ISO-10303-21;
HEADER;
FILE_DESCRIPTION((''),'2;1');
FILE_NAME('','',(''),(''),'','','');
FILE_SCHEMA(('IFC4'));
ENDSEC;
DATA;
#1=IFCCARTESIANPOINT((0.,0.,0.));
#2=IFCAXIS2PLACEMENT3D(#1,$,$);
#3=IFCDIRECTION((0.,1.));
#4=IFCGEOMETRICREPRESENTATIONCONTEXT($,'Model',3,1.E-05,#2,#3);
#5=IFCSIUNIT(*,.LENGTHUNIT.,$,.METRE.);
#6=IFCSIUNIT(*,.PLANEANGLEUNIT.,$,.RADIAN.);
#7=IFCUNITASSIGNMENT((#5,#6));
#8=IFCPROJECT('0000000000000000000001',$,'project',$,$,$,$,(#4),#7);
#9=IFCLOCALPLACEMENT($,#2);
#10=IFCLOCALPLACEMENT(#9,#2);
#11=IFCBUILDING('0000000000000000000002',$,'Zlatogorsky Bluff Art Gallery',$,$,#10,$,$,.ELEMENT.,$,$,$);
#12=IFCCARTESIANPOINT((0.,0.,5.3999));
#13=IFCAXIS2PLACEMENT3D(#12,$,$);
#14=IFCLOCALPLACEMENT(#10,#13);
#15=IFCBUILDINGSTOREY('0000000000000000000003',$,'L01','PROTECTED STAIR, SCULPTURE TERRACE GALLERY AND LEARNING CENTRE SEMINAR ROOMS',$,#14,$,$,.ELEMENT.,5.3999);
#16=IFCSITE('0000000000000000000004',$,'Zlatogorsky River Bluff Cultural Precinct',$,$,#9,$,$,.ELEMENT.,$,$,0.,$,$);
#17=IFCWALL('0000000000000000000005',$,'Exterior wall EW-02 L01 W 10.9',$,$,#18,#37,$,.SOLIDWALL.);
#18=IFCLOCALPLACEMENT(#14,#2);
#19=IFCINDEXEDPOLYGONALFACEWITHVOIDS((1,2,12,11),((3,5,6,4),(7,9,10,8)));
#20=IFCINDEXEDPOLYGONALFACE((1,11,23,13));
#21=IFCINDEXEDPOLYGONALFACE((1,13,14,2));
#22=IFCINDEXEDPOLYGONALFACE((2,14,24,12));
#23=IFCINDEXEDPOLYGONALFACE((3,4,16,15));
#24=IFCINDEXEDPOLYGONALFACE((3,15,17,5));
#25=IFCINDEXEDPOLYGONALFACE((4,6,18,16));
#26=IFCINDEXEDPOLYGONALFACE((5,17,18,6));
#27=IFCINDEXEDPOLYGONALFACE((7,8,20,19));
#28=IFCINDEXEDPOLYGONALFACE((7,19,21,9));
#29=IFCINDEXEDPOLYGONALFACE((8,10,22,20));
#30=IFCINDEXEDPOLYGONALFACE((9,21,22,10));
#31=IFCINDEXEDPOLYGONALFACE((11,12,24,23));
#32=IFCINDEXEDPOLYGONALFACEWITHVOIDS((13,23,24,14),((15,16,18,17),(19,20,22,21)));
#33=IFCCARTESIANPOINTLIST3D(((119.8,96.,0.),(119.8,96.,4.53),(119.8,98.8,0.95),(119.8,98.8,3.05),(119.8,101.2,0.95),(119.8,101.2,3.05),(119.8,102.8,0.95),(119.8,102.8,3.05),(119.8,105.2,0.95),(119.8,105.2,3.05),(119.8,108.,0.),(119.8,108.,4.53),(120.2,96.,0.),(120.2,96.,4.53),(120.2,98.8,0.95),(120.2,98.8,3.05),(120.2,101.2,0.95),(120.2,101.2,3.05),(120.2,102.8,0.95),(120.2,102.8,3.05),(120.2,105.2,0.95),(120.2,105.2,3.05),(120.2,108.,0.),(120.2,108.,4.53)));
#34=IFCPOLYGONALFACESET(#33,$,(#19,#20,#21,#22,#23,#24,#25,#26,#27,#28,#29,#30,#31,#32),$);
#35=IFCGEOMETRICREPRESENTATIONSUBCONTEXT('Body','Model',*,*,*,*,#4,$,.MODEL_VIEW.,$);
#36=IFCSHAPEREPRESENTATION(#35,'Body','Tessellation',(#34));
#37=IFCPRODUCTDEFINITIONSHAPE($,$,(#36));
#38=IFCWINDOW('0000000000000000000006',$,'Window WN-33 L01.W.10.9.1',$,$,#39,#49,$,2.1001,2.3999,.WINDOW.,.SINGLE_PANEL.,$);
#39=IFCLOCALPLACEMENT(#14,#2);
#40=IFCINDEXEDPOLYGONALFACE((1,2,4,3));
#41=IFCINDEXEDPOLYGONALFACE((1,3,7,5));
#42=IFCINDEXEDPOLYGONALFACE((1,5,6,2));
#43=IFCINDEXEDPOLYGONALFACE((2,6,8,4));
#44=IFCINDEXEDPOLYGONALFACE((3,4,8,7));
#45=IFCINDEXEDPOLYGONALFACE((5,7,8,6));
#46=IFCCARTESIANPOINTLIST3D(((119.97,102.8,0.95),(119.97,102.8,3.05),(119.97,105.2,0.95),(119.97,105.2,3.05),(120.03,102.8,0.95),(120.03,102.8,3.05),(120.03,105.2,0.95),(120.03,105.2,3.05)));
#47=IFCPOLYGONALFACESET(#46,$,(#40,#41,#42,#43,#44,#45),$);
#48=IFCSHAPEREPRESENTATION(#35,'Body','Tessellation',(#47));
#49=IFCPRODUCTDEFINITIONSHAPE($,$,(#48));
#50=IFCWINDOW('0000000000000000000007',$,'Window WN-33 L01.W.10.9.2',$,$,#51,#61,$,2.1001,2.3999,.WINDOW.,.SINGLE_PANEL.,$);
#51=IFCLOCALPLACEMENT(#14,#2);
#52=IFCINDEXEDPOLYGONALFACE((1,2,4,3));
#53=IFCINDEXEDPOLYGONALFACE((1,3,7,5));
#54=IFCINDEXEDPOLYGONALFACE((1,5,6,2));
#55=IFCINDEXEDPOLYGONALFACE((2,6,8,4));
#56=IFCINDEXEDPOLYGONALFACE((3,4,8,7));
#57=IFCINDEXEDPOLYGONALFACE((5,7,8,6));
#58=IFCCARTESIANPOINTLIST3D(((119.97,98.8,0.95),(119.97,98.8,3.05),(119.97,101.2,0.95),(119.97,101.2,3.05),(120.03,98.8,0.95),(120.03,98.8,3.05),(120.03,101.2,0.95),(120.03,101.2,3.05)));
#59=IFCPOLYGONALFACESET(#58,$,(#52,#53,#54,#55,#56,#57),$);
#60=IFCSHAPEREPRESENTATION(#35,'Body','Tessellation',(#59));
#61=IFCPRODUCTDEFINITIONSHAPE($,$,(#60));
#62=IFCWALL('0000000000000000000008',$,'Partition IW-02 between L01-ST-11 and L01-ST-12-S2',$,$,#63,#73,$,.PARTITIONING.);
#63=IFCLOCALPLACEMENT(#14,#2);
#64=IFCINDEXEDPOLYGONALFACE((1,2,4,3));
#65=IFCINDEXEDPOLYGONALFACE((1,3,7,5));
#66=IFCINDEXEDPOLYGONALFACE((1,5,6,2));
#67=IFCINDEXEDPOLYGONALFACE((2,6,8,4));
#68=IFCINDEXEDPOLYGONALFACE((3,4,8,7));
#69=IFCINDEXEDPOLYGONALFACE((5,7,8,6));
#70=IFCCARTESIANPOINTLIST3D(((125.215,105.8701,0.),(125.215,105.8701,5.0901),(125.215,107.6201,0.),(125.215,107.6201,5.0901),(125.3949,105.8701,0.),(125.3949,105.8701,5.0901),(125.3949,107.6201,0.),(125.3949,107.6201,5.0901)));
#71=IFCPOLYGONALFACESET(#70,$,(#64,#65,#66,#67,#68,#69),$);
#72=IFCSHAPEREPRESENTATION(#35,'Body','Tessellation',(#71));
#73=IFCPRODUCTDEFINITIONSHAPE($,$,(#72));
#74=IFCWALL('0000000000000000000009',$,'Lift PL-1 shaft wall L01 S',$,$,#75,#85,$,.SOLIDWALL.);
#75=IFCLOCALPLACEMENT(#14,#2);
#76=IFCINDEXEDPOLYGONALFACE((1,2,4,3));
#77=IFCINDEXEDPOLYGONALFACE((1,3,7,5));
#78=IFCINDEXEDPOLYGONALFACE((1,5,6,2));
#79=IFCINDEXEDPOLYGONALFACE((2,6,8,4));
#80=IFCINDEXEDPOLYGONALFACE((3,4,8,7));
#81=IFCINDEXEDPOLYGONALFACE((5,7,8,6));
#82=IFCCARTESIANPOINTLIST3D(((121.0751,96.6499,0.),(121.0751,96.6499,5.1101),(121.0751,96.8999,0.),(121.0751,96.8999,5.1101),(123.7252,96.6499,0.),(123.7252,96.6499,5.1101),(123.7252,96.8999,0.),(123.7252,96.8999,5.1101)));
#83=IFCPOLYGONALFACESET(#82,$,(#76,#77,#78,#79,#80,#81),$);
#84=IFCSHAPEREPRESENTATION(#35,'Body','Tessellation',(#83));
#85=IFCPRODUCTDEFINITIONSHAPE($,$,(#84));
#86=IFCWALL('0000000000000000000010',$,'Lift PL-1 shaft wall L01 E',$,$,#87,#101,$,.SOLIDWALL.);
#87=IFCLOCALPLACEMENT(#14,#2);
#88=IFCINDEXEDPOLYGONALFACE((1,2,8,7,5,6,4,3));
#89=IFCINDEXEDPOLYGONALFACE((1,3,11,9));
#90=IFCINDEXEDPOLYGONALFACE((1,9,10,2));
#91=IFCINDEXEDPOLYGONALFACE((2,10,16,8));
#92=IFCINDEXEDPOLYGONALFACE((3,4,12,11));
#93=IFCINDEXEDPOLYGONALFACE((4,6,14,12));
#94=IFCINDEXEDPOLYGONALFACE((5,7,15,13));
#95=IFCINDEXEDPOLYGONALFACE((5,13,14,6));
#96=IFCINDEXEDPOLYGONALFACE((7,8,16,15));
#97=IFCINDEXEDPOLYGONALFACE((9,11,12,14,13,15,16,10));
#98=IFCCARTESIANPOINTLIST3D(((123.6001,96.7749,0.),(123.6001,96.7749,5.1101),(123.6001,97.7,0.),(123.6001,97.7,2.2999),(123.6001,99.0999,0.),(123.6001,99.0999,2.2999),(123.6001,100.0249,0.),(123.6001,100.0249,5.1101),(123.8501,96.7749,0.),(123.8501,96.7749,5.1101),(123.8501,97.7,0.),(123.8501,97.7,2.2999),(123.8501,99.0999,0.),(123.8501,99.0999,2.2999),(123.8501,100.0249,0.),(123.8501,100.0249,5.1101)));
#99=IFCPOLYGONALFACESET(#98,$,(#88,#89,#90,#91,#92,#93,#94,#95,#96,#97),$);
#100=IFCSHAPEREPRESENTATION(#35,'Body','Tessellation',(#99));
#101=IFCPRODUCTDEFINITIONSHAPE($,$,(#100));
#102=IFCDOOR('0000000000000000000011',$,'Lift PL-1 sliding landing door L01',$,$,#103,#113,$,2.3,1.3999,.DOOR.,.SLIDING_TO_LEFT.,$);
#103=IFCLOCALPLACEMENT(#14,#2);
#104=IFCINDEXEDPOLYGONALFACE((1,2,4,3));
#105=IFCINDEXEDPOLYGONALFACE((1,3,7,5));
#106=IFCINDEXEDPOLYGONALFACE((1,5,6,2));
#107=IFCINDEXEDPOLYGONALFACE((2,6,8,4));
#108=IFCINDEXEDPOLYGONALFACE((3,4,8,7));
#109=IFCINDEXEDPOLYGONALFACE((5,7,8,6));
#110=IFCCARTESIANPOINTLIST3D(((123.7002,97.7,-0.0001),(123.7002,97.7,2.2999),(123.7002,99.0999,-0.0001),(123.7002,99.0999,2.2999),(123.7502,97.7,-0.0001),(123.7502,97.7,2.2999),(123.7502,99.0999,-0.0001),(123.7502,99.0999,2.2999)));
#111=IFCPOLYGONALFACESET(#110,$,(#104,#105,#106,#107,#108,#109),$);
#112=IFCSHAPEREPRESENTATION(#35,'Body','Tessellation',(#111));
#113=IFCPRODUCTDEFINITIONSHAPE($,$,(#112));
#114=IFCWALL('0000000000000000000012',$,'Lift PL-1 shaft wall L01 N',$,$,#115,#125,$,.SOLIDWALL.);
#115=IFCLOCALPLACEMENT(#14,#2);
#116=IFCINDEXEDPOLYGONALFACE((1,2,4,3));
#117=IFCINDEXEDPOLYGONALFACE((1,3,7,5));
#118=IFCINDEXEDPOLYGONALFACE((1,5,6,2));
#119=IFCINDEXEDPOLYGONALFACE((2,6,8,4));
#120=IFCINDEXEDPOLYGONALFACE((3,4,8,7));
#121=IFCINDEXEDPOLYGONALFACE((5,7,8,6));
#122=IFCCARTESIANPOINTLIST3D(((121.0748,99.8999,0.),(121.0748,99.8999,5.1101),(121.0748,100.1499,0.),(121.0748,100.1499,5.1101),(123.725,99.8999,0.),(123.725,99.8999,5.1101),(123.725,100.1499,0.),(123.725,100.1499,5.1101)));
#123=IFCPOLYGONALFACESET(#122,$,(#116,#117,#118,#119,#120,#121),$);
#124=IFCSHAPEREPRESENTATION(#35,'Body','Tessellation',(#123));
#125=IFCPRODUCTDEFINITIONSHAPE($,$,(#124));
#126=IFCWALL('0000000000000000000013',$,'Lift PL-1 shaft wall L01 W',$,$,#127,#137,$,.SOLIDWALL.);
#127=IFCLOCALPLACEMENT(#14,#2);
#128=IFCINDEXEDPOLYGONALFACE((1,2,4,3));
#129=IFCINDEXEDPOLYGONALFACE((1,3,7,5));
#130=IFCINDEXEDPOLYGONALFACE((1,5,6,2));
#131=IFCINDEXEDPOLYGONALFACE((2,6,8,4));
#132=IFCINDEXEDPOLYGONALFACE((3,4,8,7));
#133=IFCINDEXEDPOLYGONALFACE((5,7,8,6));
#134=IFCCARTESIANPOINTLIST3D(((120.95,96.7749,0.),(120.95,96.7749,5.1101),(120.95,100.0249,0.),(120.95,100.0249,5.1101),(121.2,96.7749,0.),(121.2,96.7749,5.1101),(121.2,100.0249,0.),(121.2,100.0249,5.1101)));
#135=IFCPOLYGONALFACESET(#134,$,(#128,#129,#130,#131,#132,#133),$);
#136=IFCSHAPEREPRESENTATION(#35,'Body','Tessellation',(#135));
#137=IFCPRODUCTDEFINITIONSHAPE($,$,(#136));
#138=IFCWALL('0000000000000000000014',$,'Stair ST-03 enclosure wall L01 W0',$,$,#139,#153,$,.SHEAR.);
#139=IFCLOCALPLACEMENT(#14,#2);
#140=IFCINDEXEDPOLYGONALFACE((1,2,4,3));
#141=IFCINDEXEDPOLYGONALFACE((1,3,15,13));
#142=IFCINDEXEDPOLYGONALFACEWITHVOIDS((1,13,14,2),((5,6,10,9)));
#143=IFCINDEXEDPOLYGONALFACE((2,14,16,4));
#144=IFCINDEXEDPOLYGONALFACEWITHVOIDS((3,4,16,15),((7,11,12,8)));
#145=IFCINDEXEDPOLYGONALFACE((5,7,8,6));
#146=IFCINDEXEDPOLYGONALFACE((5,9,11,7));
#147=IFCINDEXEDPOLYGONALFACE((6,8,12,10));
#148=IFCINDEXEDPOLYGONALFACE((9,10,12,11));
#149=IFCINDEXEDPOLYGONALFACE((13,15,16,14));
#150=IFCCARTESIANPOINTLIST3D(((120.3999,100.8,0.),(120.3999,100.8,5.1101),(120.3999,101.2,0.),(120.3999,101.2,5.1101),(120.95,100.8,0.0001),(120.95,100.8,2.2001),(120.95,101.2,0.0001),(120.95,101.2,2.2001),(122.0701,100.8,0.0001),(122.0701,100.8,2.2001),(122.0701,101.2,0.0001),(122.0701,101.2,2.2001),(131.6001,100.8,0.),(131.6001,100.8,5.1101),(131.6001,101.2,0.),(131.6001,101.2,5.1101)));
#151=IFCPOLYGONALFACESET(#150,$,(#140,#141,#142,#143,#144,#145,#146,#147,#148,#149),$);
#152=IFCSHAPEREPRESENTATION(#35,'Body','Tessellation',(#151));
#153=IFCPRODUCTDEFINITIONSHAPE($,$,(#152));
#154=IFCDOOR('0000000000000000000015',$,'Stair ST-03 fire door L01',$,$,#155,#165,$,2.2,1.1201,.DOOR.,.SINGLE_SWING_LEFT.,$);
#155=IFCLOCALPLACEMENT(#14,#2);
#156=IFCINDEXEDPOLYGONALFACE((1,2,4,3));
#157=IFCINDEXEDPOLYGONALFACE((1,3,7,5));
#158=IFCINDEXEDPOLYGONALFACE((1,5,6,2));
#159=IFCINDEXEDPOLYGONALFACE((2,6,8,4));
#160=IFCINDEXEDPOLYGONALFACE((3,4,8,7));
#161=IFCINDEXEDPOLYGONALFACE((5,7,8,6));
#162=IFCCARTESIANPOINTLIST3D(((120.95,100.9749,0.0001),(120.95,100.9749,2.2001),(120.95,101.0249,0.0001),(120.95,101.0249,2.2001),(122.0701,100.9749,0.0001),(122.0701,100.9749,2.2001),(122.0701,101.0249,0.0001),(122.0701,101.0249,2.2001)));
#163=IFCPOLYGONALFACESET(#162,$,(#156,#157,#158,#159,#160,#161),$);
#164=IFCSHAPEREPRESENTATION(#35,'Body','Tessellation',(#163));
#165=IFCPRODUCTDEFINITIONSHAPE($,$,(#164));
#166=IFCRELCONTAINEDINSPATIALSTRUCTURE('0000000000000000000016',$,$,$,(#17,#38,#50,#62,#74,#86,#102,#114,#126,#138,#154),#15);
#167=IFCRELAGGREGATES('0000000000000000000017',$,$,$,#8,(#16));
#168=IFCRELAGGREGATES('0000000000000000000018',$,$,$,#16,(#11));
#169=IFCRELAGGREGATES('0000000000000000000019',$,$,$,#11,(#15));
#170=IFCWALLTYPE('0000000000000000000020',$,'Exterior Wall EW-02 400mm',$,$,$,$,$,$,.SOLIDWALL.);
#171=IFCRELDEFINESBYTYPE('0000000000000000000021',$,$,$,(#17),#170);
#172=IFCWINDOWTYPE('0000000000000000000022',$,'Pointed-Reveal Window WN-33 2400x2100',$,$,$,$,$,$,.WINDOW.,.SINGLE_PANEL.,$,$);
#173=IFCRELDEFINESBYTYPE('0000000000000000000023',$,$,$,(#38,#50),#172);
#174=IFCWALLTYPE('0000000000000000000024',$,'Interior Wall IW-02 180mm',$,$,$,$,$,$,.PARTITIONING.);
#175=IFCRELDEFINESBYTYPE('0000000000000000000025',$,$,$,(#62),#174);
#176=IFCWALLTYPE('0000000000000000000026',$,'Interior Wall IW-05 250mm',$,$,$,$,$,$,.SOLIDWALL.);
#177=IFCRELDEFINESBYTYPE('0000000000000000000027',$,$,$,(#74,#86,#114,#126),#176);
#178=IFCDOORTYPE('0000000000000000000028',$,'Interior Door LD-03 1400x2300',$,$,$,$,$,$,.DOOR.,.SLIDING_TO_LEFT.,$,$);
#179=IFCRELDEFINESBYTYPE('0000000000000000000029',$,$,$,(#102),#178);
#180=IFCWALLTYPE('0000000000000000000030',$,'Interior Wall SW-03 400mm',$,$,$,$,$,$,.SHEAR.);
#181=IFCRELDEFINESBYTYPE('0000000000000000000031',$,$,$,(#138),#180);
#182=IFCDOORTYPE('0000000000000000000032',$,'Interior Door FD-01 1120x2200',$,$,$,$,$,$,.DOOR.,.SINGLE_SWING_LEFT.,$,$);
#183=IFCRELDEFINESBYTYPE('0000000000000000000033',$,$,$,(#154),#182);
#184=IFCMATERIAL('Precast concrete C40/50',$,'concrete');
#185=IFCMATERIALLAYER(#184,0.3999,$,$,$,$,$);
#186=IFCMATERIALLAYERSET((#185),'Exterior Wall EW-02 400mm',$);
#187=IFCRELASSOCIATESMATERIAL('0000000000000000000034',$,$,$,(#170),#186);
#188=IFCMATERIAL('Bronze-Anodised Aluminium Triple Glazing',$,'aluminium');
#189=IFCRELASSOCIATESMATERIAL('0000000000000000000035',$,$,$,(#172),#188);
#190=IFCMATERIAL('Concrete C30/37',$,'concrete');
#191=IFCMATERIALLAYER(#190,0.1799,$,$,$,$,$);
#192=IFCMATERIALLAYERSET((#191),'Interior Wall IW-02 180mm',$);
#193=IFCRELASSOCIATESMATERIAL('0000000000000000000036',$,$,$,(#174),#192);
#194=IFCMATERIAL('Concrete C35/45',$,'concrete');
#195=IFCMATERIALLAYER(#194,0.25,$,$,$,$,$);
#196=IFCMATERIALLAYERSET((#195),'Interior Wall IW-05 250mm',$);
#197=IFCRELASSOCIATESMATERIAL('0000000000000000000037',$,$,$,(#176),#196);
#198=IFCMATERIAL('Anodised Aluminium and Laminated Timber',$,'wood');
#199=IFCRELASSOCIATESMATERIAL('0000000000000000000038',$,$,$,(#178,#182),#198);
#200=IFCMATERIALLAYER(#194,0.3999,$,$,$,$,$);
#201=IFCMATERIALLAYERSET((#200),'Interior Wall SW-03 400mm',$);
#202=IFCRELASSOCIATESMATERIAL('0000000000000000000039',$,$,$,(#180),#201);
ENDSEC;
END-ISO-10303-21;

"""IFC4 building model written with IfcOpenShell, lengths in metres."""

from ifc_helpers import new_model, si_unit, direction, frame, frame_2d, origin, place, context, subcontext, project, spatial, rectangle, extrude, material, layer, layer_set, type_object, element, fill, save


model = new_model("IFC4")

# Units and contexts
model_context = context("Model", 3, precision=1e-05, world=origin(), true_north=direction((0.0, 1.0)))
body_context = subcontext(model_context, "Body", "Model", "MODEL_VIEW")
ifc_project = project(units=[si_unit("LENGTHUNIT", "METRE"), si_unit("PLANEANGLEUNIT", "RADIAN")], contexts=[model_context])

# Site, building, storey
site_placement = place(None, origin())
site = spatial("IfcSite", under=ifc_project, at=site_placement, Name="Zlatogorsky River Bluff Cultural Precinct", CompositionType="ELEMENT", RefElevation=0.0)
building_placement = place(site_placement, origin())
building = spatial("IfcBuilding", under=site, at=building_placement, Name="Zlatogorsky Bluff Art Gallery", CompositionType="ELEMENT")
storey_placement = place(building_placement, frame((0.0, 0.0, 5.3999)))
storey = spatial("IfcBuildingStorey", under=building, at=storey_placement, Name="L01", Description="PROTECTED STAIR, SCULPTURE TERRACE GALLERY AND LEARNING CENTRE SEMINAR ROOMS", CompositionType="ELEMENT", Elevation=5.3999)

# Wall, openings, windows
ifc_material_1 = material(Name="Precast concrete C40/50", Category="concrete")
ifc_layer_1 = layer(ifc_material_1, 0.3999)
ifc_layer_set_1 = layer_set([ifc_layer_1], Name="Exterior Wall EW-02 400mm")
wall_type_1 = type_object("IfcWallType", Name="Exterior Wall EW-02 400mm", PredefinedType="SOLIDWALL", material=ifc_layer_set_1)
wall_1_placement = place(storey_placement, frame((120.0, 108.0, 0.0), z_axis=(0.0, 0.0, 1.0), x_axis=(0.0, -1.0, 0.0)))
wall_1 = element("IfcWall", 1, at=wall_1_placement, inside=storey, type_object=wall_type_1, Name="Exterior wall EW-02 L01 W 10.9", PredefinedType="SOLIDWALL", context=body_context, shape_type="SweptSolid", body=[
    extrude(rectangle(XDim=12.0, YDim=0.3999, at=frame_2d((6.0, 0.0))), origin(), (0.0, 0.0, 1.0), 4.53),
])
opening_1_placement = place(wall_1_placement, frame((2.8, 0.0, 0.95)))
opening_1 = element("IfcOpeningElement", 2, at=opening_1_placement, cuts=wall_1, PredefinedType="OPENING", context=body_context, shape_type="SweptSolid", body=[
    extrude(rectangle(XDim=2.3999, YDim=2.1001, at=frame_2d((1.2, 1.05))), frame((0.0, 0.21, 0.0), z_axis=(0.0, -1.0, 0.0), x_axis=(1.0, 0.0, 0.0)), (0.0, 0.0, 1.0), 0.4199),
])
opening_2_placement = place(wall_1_placement, frame((6.8, 0.0, 0.95)))
opening_2 = element("IfcOpeningElement", 3, at=opening_2_placement, cuts=wall_1, PredefinedType="OPENING", context=body_context, shape_type="SweptSolid", body=[
    extrude(rectangle(XDim=2.3999, YDim=2.1001, at=frame_2d((1.2, 1.05))), frame((0.0, 0.21, 0.0), z_axis=(0.0, -1.0, 0.0), x_axis=(1.0, 0.0, 0.0)), (0.0, 0.0, 1.0), 0.4199),
])
ifc_material_2 = material(Name="Bronze-Anodised Aluminium Triple Glazing", Category="aluminium")
window_type = type_object("IfcWindowType", Name="Pointed-Reveal Window WN-33 2400x2100", PartitioningType="SINGLE_PANEL", PredefinedType="WINDOW", material=ifc_material_2)
window_1_placement = place(opening_1_placement, origin())
window_1 = element("IfcWindow", 4, at=window_1_placement, inside=storey, type_object=window_type, Name="Window WN-33 L01.W.10.9.1", OverallHeight=2.1001, OverallWidth=2.3999, PartitioningType="SINGLE_PANEL", PredefinedType="WINDOW", context=body_context, shape_type="SweptSolid", body=[
    extrude(rectangle(XDim=2.3999, YDim=2.1001, at=frame_2d((1.2, 1.05))), frame((0.0, 0.03, 0.0), z_axis=(0.0, -1.0, 0.0), x_axis=(1.0, 0.0, 0.0)), (0.0, 0.0, 1.0), 0.0601),
])
fill(opening_1, window_1)
window_2_placement = place(opening_2_placement, origin())
window_2 = element("IfcWindow", 5, at=window_2_placement, inside=storey, type_object=window_type, Name="Window WN-33 L01.W.10.9.2", OverallHeight=2.1001, OverallWidth=2.3999, PartitioningType="SINGLE_PANEL", PredefinedType="WINDOW", context=body_context, shape_type="SweptSolid", body=[
    extrude(rectangle(XDim=2.3999, YDim=2.1001, at=frame_2d((1.2, 1.05))), frame((0.0, 0.03, 0.0), z_axis=(0.0, -1.0, 0.0), x_axis=(1.0, 0.0, 0.0)), (0.0, 0.0, 1.0), 0.0601),
])
fill(opening_2, window_2)

# Walls
ifc_material_3 = material(Name="Concrete C30/37", Category="concrete")
ifc_layer_2 = layer(ifc_material_3, 0.1799)
ifc_layer_set_2 = layer_set([ifc_layer_2], Name="Interior Wall IW-02 180mm")
wall_type_2 = type_object("IfcWallType", Name="Interior Wall IW-02 180mm", PredefinedType="PARTITIONING", material=ifc_layer_set_2)
wall_2_placement = place(storey_placement, frame((125.3049, 105.8701, 0.0), z_axis=(0.0, 0.0, 1.0), x_axis=(0.0, 1.0, 0.0)))
element("IfcWall", 6, at=wall_2_placement, inside=storey, type_object=wall_type_2, Name="Partition IW-02 between L01-ST-11 and L01-ST-12-S2", PredefinedType="PARTITIONING", context=body_context, shape_type="SweptSolid", body=[
    extrude(rectangle(XDim=1.75, YDim=0.1799, at=frame_2d((0.875, 0.0))), origin(), (0.0, 0.0, 1.0), 5.0901),
])
ifc_material_4 = material(Name="Concrete C35/45", Category="concrete")
ifc_layer_3 = layer(ifc_material_4, 0.25)
ifc_layer_set_3 = layer_set([ifc_layer_3], Name="Interior Wall IW-05 250mm")
wall_type_3 = type_object("IfcWallType", Name="Interior Wall IW-05 250mm", PredefinedType="SOLIDWALL", material=ifc_layer_set_3)
wall_3_placement = place(storey_placement, frame((121.075, 96.7749, 0.0), z_axis=(0.0, 0.0, 1.0), x_axis=(1.0, 0.0, 0.0)))
element("IfcWall", 7, at=wall_3_placement, inside=storey, type_object=wall_type_3, Name="Lift PL-1 shaft wall L01 S", PredefinedType="SOLIDWALL", context=body_context, shape_type="SweptSolid", body=[
    extrude(rectangle(XDim=2.6501, YDim=0.25, at=frame_2d((1.3252, 0.0))), origin(), (0.0, 0.0, 1.0), 5.1101),
])

# Wall, opening, door
wall_4_placement = place(storey_placement, frame((123.7251, 96.7749, 0.0), z_axis=(0.0, 0.0, 1.0), x_axis=(0.0, 1.0, 0.0)))
wall_4 = element("IfcWall", 8, at=wall_4_placement, inside=storey, type_object=wall_type_3, Name="Lift PL-1 shaft wall L01 E", PredefinedType="SOLIDWALL", context=body_context, shape_type="SweptSolid", body=[
    extrude(rectangle(XDim=3.25, YDim=0.25, at=frame_2d((1.625, 0.0))), origin(), (0.0, 0.0, 1.0), 5.1101),
])
opening_3_placement = place(wall_4_placement, frame((0.925, 0.0, 0.0)))
opening_3 = element("IfcOpeningElement", 9, at=opening_3_placement, cuts=wall_4, PredefinedType="OPENING", context=body_context, shape_type="SweptSolid", body=[
    extrude(rectangle(XDim=1.3999, YDim=2.3, at=frame_2d((0.7, 1.1499))), frame((0.0, 0.135, 0.0), z_axis=(0.0, -1.0, 0.0), x_axis=(1.0, 0.0, 0.0)), (0.0, 0.0, 1.0), 0.27),
])
ifc_material_5 = material(Name="Anodised Aluminium and Laminated Timber", Category="wood")
door_type_1 = type_object("IfcDoorType", Name="Interior Door LD-03 1400x2300", OperationType="SLIDING_TO_LEFT", PredefinedType="DOOR", material=ifc_material_5)
door_1_placement = place(opening_3_placement, origin())
door_1 = element("IfcDoor", 10, at=door_1_placement, inside=storey, type_object=door_type_1, Name="Lift PL-1 sliding landing door L01", OperationType="SLIDING_TO_LEFT", OverallHeight=2.3, OverallWidth=1.3999, PredefinedType="DOOR", context=body_context, shape_type="SweptSolid", body=[
    extrude(rectangle(XDim=1.3999, YDim=2.3, at=frame_2d((0.7, 1.1499))), frame((0.0, 0.0249, 0.0), z_axis=(0.0, -1.0, 0.0), x_axis=(1.0, 0.0, 0.0)), (0.0, 0.0, 1.0), 0.05),
])
fill(opening_3, door_1)

# Walls
wall_5_placement = place(storey_placement, frame((123.7251, 100.0249, 0.0), z_axis=(0.0, 0.0, 1.0), x_axis=(-1.0, 0.0, 0.0)))
element("IfcWall", 11, at=wall_5_placement, inside=storey, type_object=wall_type_3, Name="Lift PL-1 shaft wall L01 N", PredefinedType="SOLIDWALL", context=body_context, shape_type="SweptSolid", body=[
    extrude(rectangle(XDim=2.6501, YDim=0.25, at=frame_2d((1.3252, 0.0))), origin(), (0.0, 0.0, 1.0), 5.1101),
])
wall_6_placement = place(storey_placement, frame((121.075, 100.0249, 0.0), z_axis=(0.0, 0.0, 1.0), x_axis=(0.0, -1.0, 0.0)))
element("IfcWall", 12, at=wall_6_placement, inside=storey, type_object=wall_type_3, Name="Lift PL-1 shaft wall L01 W", PredefinedType="SOLIDWALL", context=body_context, shape_type="SweptSolid", body=[
    extrude(rectangle(XDim=3.25, YDim=0.25, at=frame_2d((1.625, 0.0))), origin(), (0.0, 0.0, 1.0), 5.1101),
])

# Wall, opening, door
ifc_layer_4 = layer(ifc_material_4, 0.3999)
ifc_layer_set_4 = layer_set([ifc_layer_4], Name="Interior Wall SW-03 400mm")
wall_type_4 = type_object("IfcWallType", Name="Interior Wall SW-03 400mm", PredefinedType="SHEAR", material=ifc_layer_set_4)
wall_7_placement = place(storey_placement, frame((120.3999, 101.0, 0.0), z_axis=(0.0, 0.0, 1.0), x_axis=(1.0, 0.0, 0.0)))
wall_7 = element("IfcWall", 13, at=wall_7_placement, inside=storey, type_object=wall_type_4, Name="Stair ST-03 enclosure wall L01 W0", PredefinedType="SHEAR", context=body_context, shape_type="SweptSolid", body=[
    extrude(rectangle(XDim=11.2002, YDim=0.3999, at=frame_2d((5.6001, 0.0))), origin(), (0.0, 0.0, 1.0), 5.1101),
])
opening_4_placement = place(wall_7_placement, frame((0.55, 0.0, 0.0)))
opening_4 = element("IfcOpeningElement", 14, at=opening_4_placement, cuts=wall_7, PredefinedType="OPENING", context=body_context, shape_type="SweptSolid", body=[
    extrude(rectangle(XDim=1.1201, YDim=2.2, at=frame_2d((0.5601, 1.1001))), frame((0.0, 0.21, 0.0), z_axis=(0.0, -1.0, 0.0), x_axis=(1.0, 0.0, 0.0)), (0.0, 0.0, 1.0), 0.4199),
])
door_type_2 = type_object("IfcDoorType", Name="Interior Door FD-01 1120x2200", OperationType="SINGLE_SWING_LEFT", PredefinedType="DOOR", material=ifc_material_5)
door_2_placement = place(opening_4_placement, origin())
door_2 = element("IfcDoor", 15, at=door_2_placement, inside=storey, type_object=door_type_2, Name="Stair ST-03 fire door L01", OperationType="SINGLE_SWING_LEFT", OverallHeight=2.2, OverallWidth=1.1201, PredefinedType="DOOR", context=body_context, shape_type="SweptSolid", body=[
    extrude(rectangle(XDim=1.1201, YDim=2.2, at=frame_2d((0.5601, 1.1001))), frame((0.0, 0.0249, 0.0), z_axis=(0.0, -1.0, 0.0), x_axis=(1.0, 0.0, 0.0)), (0.0, 0.0, 1.0), 0.05),
])
fill(opening_4, door_2)

save(model, "model.ifc")
